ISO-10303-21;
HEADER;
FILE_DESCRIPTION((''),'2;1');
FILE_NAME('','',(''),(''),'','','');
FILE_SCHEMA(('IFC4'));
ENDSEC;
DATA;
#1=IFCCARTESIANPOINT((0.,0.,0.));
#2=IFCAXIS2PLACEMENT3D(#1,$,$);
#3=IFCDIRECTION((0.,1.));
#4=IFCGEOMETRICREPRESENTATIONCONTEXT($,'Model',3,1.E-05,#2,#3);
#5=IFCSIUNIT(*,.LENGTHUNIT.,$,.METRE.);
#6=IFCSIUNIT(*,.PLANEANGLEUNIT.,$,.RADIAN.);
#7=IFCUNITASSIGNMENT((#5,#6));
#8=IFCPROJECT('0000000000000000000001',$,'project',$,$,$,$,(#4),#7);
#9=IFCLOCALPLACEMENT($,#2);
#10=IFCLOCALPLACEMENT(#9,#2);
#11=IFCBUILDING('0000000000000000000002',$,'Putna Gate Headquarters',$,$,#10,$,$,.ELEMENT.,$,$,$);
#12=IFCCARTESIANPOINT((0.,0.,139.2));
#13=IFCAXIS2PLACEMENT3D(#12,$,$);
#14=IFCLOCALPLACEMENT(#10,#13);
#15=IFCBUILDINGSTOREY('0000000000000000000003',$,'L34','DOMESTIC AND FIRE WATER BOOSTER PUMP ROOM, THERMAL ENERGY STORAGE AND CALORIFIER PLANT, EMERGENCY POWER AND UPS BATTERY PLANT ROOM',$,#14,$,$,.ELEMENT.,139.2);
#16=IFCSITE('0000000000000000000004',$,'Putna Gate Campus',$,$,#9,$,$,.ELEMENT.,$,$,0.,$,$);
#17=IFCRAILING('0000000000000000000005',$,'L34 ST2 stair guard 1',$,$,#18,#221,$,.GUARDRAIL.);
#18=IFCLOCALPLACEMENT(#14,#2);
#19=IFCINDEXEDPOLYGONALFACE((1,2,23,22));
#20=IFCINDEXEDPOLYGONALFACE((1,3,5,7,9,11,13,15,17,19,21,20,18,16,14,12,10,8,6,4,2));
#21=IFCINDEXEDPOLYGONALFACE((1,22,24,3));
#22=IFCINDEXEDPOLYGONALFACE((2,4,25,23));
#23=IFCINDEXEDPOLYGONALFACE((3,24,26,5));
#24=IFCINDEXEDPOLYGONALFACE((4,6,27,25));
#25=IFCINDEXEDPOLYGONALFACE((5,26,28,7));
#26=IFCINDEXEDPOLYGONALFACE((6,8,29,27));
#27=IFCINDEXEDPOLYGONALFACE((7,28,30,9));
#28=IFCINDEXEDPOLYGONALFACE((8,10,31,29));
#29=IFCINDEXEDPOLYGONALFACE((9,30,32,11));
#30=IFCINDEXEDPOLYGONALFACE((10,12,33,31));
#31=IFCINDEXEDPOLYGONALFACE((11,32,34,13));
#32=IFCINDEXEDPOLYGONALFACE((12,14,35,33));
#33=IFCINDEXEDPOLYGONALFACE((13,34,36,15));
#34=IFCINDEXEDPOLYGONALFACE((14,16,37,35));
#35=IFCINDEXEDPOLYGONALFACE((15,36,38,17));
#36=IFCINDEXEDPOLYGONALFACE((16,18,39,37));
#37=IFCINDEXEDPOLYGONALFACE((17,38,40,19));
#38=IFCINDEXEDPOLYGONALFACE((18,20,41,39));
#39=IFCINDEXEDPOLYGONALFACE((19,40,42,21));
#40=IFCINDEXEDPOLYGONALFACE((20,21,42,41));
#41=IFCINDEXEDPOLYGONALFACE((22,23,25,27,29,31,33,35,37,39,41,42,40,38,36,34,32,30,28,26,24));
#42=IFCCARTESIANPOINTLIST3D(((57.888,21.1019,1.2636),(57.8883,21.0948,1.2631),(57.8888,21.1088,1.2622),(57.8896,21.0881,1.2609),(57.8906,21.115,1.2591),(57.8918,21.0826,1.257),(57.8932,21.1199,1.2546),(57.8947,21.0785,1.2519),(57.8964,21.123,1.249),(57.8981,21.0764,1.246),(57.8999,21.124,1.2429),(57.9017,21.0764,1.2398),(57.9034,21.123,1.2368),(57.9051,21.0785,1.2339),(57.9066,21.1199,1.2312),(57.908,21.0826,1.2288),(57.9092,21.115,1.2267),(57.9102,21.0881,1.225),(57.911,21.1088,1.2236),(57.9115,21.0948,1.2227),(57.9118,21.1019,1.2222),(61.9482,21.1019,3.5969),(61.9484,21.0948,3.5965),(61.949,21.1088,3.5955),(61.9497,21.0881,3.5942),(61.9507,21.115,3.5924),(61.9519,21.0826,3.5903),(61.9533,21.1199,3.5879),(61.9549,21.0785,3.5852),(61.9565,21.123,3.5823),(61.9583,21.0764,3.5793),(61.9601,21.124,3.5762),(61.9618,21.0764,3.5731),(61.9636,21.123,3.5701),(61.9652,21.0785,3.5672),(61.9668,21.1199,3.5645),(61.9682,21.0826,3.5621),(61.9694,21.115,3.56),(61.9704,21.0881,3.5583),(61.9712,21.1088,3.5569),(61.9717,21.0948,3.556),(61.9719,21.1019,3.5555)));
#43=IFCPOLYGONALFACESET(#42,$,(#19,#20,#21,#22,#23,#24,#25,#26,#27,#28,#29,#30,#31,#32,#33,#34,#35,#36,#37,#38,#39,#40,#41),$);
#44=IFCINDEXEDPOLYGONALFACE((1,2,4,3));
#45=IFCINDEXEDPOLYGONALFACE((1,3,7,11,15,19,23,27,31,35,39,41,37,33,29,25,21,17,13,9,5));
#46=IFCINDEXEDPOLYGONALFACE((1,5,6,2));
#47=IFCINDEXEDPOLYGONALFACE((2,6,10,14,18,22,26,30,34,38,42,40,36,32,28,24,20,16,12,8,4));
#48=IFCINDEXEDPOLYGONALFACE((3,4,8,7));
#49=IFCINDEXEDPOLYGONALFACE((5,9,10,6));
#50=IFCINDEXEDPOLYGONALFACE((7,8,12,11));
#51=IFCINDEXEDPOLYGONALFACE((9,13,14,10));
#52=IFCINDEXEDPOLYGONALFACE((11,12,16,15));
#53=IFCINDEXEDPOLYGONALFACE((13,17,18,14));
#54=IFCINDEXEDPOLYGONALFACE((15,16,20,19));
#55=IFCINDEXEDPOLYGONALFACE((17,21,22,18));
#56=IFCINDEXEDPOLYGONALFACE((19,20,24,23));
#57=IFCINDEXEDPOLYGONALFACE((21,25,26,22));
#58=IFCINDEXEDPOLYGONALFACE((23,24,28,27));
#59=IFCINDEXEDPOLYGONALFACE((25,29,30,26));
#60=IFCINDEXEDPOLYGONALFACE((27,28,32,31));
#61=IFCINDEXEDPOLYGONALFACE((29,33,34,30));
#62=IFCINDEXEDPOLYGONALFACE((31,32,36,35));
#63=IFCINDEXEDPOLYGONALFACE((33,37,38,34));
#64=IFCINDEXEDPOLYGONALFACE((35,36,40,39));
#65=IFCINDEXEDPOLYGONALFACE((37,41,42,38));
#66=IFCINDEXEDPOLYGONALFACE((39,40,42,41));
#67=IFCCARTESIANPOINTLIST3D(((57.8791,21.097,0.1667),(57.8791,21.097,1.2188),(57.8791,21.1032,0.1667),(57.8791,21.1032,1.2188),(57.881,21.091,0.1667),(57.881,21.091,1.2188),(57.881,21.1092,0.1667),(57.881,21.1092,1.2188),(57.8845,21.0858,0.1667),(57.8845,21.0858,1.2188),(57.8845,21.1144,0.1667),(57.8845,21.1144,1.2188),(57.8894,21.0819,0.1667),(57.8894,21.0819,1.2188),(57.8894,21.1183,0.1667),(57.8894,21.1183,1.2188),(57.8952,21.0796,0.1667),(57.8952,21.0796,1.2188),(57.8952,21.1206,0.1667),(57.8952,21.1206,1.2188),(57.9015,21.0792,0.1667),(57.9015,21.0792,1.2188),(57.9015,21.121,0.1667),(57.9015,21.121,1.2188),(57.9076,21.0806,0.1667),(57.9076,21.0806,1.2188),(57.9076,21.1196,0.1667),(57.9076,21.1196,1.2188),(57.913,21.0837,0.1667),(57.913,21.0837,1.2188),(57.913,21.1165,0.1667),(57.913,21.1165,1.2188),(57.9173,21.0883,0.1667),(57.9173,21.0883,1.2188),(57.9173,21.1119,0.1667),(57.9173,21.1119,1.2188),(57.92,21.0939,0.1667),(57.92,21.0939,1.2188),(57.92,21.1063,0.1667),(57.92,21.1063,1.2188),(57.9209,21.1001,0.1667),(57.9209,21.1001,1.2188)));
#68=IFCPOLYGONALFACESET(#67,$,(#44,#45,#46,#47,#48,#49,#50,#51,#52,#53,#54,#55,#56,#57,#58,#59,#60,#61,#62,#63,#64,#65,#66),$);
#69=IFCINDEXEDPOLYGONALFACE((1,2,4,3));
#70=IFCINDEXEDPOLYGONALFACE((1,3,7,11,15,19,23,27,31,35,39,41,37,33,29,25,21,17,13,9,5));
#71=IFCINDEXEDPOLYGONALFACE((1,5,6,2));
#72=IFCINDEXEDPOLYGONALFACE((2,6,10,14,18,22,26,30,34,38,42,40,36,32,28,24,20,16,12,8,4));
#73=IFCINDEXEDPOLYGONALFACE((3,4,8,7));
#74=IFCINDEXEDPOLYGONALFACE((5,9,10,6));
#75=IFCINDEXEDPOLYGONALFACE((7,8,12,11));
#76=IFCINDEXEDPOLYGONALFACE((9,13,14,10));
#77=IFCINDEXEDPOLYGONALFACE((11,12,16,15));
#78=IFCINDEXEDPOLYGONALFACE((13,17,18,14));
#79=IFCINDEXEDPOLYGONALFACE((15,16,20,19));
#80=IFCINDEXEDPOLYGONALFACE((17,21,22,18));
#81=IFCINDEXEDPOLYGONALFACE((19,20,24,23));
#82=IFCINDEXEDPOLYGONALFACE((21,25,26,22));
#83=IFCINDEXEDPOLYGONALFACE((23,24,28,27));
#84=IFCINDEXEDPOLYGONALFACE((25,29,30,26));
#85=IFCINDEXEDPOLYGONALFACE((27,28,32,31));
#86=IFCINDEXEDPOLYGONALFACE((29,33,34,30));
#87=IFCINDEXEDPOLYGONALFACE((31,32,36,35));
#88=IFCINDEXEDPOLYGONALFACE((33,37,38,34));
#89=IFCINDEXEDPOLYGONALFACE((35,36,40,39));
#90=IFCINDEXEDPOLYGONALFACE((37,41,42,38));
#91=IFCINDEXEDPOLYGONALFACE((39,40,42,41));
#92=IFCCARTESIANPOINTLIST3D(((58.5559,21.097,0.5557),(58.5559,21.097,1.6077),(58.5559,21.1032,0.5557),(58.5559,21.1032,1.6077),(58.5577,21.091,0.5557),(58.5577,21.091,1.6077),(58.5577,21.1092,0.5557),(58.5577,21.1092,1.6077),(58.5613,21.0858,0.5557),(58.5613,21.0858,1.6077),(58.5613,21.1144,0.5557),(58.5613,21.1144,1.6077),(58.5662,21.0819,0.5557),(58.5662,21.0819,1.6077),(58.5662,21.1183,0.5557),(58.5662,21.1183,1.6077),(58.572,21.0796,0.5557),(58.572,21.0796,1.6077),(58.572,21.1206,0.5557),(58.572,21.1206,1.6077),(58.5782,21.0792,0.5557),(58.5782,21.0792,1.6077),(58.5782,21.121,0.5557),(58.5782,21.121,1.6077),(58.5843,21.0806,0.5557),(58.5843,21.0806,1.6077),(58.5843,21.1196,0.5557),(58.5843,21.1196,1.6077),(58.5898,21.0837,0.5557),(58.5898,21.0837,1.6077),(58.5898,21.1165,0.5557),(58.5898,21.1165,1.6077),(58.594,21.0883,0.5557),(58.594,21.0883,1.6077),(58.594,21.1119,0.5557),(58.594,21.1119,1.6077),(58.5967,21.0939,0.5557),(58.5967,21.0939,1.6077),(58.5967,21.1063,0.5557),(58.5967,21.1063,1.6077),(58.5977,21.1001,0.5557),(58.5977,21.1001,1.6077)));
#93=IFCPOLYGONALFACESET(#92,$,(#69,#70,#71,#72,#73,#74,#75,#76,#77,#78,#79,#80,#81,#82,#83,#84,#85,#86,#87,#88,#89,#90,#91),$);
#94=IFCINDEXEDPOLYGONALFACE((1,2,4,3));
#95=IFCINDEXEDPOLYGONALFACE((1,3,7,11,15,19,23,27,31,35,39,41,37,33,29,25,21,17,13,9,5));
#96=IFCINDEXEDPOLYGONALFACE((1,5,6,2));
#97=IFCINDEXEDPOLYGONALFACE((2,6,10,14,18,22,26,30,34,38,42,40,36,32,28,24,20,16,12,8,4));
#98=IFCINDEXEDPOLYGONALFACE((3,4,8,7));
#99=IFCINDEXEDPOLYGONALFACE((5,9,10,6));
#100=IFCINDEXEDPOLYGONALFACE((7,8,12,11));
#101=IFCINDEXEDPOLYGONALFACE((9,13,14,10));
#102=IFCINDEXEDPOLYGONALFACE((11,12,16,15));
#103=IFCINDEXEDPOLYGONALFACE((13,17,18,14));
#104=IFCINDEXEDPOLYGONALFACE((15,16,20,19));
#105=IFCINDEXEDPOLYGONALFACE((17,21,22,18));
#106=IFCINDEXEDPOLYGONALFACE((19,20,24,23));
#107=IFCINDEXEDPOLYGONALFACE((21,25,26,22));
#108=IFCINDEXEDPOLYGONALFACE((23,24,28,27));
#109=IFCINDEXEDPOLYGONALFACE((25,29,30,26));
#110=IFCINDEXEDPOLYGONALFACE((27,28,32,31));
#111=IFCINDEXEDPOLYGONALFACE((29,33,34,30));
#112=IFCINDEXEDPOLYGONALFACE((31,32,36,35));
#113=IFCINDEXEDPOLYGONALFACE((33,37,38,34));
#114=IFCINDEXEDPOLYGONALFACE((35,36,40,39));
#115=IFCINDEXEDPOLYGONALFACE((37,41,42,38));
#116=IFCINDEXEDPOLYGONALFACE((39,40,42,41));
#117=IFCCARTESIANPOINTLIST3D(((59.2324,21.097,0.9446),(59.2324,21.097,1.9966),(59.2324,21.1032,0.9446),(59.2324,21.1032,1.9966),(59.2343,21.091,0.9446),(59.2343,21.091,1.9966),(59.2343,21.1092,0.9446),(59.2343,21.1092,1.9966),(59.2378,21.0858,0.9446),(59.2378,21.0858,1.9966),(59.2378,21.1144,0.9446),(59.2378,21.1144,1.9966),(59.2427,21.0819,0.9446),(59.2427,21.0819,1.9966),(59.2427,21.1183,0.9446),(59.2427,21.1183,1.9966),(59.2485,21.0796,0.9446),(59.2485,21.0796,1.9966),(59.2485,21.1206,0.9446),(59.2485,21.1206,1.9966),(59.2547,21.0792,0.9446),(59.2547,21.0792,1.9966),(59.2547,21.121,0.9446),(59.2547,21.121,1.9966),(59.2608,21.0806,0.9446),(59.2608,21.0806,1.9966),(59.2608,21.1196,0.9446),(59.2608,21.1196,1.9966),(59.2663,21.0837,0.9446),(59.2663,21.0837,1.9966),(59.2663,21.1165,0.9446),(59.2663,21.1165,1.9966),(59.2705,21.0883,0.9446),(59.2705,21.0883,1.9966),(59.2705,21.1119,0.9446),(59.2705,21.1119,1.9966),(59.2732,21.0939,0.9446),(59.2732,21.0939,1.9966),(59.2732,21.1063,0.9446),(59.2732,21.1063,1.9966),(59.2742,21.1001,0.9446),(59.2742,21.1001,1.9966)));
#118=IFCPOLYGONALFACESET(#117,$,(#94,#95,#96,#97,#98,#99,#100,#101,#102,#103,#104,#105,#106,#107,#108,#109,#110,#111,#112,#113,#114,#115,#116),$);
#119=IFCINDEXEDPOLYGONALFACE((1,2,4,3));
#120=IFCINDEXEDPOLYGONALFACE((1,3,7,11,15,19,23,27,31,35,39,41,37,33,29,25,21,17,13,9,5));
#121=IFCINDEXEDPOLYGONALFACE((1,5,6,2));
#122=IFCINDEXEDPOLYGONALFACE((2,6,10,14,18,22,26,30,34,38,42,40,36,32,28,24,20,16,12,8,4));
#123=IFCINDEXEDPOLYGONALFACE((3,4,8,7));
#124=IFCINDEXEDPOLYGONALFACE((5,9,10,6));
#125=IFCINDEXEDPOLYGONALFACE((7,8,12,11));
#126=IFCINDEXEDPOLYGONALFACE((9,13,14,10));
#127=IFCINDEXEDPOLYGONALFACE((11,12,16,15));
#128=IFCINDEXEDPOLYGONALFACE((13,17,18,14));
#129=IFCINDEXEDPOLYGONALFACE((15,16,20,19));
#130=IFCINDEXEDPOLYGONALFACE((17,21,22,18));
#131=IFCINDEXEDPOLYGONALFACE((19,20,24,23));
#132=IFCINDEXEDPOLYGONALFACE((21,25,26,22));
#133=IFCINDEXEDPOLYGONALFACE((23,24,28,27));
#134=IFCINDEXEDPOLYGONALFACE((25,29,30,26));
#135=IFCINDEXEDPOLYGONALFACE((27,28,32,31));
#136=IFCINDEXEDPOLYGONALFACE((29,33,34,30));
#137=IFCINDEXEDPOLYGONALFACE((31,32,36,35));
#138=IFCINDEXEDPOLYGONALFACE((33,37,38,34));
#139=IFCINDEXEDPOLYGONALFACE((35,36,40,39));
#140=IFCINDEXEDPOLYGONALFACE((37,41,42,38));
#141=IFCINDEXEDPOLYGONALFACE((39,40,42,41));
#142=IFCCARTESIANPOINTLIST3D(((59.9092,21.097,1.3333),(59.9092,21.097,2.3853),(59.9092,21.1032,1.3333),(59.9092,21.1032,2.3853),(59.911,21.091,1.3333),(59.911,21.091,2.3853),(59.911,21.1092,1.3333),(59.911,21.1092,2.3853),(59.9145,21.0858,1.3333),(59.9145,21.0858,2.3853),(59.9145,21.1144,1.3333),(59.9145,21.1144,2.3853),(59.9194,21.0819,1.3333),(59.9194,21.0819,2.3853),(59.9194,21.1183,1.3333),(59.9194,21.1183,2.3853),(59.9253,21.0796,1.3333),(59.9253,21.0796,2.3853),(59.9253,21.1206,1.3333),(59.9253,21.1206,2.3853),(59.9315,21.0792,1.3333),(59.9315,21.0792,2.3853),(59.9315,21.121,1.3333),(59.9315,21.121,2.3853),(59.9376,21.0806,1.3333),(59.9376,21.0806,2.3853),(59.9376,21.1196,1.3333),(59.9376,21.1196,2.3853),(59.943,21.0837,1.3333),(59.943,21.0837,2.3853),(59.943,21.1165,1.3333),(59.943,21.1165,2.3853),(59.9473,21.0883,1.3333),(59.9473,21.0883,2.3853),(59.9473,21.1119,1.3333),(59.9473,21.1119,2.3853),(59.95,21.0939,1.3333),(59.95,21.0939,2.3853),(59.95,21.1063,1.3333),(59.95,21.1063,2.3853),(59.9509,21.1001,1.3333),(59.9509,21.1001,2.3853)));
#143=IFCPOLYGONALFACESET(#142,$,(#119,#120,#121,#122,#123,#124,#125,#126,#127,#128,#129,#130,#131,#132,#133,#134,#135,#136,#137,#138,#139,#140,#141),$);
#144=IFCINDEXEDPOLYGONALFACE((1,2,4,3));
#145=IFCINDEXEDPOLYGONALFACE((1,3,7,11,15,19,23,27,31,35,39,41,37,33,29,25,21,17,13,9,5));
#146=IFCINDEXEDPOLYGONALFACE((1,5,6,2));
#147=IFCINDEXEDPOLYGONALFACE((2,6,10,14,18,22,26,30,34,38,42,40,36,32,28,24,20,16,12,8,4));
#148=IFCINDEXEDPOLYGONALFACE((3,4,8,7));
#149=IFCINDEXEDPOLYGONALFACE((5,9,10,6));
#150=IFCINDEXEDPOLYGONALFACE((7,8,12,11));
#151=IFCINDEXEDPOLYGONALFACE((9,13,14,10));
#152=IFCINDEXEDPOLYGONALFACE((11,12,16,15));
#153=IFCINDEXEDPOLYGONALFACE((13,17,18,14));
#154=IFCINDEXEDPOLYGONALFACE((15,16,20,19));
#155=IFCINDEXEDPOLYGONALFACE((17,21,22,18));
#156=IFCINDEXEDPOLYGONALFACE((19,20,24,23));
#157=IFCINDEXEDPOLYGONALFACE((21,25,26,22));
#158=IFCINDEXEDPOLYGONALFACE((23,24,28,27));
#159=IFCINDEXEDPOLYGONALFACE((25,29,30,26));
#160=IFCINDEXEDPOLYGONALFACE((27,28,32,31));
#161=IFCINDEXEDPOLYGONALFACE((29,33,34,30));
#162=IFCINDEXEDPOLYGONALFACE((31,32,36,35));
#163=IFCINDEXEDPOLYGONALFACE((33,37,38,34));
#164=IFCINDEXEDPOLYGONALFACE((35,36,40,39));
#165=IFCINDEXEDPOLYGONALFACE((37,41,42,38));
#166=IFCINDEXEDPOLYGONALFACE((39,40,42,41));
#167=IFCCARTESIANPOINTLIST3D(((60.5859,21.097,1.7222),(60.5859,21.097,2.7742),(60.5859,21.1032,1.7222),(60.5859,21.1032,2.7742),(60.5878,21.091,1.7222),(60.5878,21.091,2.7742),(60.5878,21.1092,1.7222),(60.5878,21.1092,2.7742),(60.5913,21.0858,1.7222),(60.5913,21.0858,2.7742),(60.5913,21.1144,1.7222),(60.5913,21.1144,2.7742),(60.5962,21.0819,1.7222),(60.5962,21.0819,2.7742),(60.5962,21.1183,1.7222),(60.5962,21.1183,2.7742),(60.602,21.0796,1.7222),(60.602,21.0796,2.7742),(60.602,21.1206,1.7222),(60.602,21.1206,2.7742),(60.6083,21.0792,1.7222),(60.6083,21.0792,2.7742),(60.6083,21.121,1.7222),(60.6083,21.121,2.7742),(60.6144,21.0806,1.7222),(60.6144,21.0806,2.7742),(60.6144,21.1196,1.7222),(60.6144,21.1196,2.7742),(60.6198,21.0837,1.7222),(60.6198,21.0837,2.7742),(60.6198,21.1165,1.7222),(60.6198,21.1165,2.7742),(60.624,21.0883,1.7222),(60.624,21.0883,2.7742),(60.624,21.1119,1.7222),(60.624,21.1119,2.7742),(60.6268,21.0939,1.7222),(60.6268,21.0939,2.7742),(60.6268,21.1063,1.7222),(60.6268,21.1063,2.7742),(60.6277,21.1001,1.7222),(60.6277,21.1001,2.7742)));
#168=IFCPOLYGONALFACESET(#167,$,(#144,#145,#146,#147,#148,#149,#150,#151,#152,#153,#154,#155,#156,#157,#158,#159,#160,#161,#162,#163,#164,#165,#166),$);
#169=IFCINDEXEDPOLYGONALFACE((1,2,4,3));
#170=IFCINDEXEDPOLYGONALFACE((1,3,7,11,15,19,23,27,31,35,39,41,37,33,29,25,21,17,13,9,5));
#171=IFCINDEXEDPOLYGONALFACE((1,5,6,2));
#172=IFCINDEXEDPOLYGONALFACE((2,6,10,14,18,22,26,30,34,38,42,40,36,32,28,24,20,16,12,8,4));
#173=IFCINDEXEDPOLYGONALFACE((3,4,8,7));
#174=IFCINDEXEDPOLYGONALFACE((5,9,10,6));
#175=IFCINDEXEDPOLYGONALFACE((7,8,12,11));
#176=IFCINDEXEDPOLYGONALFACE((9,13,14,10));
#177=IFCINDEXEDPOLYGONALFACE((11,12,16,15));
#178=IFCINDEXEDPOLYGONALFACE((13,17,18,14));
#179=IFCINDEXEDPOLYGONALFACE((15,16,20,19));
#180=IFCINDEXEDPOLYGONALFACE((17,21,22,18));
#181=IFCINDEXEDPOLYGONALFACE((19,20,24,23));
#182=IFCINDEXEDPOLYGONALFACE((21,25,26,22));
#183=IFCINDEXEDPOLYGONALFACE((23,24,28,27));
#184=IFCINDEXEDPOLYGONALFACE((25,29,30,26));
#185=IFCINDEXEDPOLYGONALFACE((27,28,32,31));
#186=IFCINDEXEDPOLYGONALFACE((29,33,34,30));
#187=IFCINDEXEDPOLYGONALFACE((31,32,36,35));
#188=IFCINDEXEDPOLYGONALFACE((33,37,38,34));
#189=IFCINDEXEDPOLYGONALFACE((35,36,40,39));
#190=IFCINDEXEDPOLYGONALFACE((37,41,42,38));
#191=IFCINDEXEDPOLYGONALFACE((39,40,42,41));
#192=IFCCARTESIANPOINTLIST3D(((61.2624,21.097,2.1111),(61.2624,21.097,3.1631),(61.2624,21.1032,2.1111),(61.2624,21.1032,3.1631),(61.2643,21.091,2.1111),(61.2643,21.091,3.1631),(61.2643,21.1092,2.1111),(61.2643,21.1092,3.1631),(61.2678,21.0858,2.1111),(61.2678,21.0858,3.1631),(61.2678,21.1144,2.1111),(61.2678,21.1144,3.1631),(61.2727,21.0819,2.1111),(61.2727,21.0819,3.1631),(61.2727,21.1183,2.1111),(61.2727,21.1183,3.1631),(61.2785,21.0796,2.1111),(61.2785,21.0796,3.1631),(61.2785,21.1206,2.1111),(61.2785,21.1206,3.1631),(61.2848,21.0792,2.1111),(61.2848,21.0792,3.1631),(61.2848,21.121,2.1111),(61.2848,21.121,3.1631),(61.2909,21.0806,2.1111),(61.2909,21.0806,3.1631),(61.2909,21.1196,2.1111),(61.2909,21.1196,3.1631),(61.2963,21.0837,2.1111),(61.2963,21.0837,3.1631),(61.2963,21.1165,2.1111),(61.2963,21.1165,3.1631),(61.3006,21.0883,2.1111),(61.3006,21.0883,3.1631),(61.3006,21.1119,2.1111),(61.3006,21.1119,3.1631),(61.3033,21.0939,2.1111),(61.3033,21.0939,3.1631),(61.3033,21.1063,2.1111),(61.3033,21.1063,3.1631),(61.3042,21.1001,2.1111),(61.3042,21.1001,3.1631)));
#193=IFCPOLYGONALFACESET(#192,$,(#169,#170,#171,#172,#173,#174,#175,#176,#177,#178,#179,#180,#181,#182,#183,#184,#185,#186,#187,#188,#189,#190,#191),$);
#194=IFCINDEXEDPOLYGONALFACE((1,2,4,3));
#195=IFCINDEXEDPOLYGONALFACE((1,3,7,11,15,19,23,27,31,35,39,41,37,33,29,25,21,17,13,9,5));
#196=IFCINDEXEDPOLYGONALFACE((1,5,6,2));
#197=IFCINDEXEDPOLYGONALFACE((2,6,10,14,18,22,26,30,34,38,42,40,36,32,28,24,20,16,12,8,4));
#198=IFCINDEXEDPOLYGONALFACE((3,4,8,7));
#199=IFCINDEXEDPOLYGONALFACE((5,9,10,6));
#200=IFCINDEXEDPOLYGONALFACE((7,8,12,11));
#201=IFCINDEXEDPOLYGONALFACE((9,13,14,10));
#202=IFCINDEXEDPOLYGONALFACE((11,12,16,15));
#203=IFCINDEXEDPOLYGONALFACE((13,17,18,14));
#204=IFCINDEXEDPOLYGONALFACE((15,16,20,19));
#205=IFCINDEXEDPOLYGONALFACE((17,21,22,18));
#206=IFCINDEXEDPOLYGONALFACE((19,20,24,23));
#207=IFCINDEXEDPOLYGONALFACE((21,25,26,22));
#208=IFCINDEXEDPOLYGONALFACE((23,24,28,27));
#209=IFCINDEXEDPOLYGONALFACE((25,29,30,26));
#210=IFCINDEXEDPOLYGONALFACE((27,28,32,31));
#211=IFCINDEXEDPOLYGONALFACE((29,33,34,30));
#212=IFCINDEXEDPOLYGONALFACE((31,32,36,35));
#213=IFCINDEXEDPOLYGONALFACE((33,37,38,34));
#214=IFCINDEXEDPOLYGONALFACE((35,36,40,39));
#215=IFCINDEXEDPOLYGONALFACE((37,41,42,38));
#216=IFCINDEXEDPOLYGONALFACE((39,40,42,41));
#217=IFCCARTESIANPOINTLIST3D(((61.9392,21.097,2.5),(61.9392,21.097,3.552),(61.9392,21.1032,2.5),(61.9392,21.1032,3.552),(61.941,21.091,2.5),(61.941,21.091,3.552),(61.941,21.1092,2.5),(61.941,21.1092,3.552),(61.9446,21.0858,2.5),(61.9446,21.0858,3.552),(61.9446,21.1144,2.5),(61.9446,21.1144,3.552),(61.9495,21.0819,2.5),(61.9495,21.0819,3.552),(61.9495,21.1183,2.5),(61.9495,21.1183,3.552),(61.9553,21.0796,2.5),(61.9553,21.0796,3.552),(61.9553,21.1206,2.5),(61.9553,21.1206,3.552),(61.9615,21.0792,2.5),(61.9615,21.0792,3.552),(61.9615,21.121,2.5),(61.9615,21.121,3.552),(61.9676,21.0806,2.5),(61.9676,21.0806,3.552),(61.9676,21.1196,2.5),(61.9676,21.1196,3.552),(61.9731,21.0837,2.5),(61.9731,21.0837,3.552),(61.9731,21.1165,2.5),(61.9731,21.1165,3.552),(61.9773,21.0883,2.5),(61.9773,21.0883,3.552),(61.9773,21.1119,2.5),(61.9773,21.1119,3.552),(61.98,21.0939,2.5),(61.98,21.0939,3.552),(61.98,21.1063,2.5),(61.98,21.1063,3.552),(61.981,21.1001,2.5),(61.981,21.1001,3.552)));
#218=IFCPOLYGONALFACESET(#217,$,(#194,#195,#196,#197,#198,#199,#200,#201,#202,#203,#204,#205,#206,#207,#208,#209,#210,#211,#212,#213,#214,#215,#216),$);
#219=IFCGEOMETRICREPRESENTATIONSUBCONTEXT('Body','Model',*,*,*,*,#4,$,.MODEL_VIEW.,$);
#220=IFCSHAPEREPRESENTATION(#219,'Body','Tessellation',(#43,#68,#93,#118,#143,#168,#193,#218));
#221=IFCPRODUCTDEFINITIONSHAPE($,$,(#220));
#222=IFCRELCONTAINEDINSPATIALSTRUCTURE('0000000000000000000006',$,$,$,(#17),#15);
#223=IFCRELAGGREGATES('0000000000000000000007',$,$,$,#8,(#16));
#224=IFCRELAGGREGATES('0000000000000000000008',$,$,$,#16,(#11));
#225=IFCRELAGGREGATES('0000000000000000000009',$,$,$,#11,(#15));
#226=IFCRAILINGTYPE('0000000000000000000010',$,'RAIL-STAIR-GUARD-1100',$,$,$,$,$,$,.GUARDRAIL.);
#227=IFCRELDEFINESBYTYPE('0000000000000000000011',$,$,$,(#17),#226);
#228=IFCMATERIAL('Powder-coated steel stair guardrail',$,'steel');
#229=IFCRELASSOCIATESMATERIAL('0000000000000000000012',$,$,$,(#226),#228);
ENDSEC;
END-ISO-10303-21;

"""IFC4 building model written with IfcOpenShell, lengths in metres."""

from ifc_helpers import new_model, si_unit, direction, frame, origin, origin_2d, place, context, subcontext, project, spatial, circle, extrude, material, type_object, element, save


model = new_model("IFC4")

# Units and contexts
model_context = context("Model", 3, precision=1e-05, world=origin(), true_north=direction((0.0, 1.0)))
body_context = subcontext(model_context, "Body", "Model", "MODEL_VIEW")
ifc_project = project(units=[si_unit("LENGTHUNIT", "METRE"), si_unit("PLANEANGLEUNIT", "RADIAN")], contexts=[model_context])

# Site, building, storey
site_placement = place(None, origin())
site = spatial("IfcSite", under=ifc_project, at=site_placement, Name="Putna Gate Campus", CompositionType="ELEMENT", RefElevation=0.0)
building_placement = place(site_placement, origin())
building = spatial("IfcBuilding", under=site, at=building_placement, Name="Putna Gate Headquarters", CompositionType="ELEMENT")
storey_placement = place(building_placement, frame((0.0, 0.0, 139.2)))
storey = spatial("IfcBuildingStorey", under=building, at=storey_placement, Name="L34", Description="DOMESTIC AND FIRE WATER BOOSTER PUMP ROOM, THERMAL ENERGY STORAGE AND CALORIFIER PLANT, EMERGENCY POWER AND UPS BATTERY PLANT ROOM", CompositionType="ELEMENT", Elevation=139.2)

# Railing
ifc_material_1 = material(Name="Powder-coated steel stair guardrail", Category="steel")
railing_type_1 = type_object("IfcRailingType", Name="RAIL-STAIR-GUARD-1100", PredefinedType="GUARDRAIL", material=ifc_material_1)
railing_1_placement = place(storey_placement, frame((57.8999, 21.1001, 0.1667)))
element("IfcRailing", 1, at=railing_1_placement, inside=storey, type_object=railing_type_1, Name="L34 ST2 stair guard 1", PredefinedType="GUARDRAIL", context=body_context, shape_type="SweptSolid", body=[
    extrude(circle(Radius=0.0239, at=origin_2d()), frame((0.0, 0.0, 1.0762), z_axis=(0.867025, 0.0, 0.498265), x_axis=(0.0, 1.0, 0.0)), (0.0, 0.0, 1.0), 4.6829),
    extrude(circle(Radius=0.021, at=origin_2d()), origin(), (0.0, 0.0, 1.0), 1.052),
    extrude(circle(Radius=0.021, at=origin_2d()), frame((0.6768, 0.0, 0.3889)), (0.0, 0.0, 1.0), 1.052),
    extrude(circle(Radius=0.021, at=origin_2d()), frame((1.3533, 0.0, 0.7778)), (0.0, 0.0, 1.0), 1.052),
    extrude(circle(Radius=0.021, at=origin_2d()), frame((2.03, 0.0, 1.1665)), (0.0, 0.0, 1.0), 1.052),
    extrude(circle(Radius=0.021, at=origin_2d()), frame((2.7068, 0.0, 1.5554)), (0.0, 0.0, 1.0), 1.052),
    extrude(circle(Radius=0.021, at=origin_2d()), frame((3.3833, 0.0, 1.9443)), (0.0, 0.0, 1.0), 1.052),
    extrude(circle(Radius=0.021, at=origin_2d()), frame((4.0601, 0.0, 2.3333)), (0.0, 0.0, 1.0), 1.052),
])

save(model, "model.ifc")
